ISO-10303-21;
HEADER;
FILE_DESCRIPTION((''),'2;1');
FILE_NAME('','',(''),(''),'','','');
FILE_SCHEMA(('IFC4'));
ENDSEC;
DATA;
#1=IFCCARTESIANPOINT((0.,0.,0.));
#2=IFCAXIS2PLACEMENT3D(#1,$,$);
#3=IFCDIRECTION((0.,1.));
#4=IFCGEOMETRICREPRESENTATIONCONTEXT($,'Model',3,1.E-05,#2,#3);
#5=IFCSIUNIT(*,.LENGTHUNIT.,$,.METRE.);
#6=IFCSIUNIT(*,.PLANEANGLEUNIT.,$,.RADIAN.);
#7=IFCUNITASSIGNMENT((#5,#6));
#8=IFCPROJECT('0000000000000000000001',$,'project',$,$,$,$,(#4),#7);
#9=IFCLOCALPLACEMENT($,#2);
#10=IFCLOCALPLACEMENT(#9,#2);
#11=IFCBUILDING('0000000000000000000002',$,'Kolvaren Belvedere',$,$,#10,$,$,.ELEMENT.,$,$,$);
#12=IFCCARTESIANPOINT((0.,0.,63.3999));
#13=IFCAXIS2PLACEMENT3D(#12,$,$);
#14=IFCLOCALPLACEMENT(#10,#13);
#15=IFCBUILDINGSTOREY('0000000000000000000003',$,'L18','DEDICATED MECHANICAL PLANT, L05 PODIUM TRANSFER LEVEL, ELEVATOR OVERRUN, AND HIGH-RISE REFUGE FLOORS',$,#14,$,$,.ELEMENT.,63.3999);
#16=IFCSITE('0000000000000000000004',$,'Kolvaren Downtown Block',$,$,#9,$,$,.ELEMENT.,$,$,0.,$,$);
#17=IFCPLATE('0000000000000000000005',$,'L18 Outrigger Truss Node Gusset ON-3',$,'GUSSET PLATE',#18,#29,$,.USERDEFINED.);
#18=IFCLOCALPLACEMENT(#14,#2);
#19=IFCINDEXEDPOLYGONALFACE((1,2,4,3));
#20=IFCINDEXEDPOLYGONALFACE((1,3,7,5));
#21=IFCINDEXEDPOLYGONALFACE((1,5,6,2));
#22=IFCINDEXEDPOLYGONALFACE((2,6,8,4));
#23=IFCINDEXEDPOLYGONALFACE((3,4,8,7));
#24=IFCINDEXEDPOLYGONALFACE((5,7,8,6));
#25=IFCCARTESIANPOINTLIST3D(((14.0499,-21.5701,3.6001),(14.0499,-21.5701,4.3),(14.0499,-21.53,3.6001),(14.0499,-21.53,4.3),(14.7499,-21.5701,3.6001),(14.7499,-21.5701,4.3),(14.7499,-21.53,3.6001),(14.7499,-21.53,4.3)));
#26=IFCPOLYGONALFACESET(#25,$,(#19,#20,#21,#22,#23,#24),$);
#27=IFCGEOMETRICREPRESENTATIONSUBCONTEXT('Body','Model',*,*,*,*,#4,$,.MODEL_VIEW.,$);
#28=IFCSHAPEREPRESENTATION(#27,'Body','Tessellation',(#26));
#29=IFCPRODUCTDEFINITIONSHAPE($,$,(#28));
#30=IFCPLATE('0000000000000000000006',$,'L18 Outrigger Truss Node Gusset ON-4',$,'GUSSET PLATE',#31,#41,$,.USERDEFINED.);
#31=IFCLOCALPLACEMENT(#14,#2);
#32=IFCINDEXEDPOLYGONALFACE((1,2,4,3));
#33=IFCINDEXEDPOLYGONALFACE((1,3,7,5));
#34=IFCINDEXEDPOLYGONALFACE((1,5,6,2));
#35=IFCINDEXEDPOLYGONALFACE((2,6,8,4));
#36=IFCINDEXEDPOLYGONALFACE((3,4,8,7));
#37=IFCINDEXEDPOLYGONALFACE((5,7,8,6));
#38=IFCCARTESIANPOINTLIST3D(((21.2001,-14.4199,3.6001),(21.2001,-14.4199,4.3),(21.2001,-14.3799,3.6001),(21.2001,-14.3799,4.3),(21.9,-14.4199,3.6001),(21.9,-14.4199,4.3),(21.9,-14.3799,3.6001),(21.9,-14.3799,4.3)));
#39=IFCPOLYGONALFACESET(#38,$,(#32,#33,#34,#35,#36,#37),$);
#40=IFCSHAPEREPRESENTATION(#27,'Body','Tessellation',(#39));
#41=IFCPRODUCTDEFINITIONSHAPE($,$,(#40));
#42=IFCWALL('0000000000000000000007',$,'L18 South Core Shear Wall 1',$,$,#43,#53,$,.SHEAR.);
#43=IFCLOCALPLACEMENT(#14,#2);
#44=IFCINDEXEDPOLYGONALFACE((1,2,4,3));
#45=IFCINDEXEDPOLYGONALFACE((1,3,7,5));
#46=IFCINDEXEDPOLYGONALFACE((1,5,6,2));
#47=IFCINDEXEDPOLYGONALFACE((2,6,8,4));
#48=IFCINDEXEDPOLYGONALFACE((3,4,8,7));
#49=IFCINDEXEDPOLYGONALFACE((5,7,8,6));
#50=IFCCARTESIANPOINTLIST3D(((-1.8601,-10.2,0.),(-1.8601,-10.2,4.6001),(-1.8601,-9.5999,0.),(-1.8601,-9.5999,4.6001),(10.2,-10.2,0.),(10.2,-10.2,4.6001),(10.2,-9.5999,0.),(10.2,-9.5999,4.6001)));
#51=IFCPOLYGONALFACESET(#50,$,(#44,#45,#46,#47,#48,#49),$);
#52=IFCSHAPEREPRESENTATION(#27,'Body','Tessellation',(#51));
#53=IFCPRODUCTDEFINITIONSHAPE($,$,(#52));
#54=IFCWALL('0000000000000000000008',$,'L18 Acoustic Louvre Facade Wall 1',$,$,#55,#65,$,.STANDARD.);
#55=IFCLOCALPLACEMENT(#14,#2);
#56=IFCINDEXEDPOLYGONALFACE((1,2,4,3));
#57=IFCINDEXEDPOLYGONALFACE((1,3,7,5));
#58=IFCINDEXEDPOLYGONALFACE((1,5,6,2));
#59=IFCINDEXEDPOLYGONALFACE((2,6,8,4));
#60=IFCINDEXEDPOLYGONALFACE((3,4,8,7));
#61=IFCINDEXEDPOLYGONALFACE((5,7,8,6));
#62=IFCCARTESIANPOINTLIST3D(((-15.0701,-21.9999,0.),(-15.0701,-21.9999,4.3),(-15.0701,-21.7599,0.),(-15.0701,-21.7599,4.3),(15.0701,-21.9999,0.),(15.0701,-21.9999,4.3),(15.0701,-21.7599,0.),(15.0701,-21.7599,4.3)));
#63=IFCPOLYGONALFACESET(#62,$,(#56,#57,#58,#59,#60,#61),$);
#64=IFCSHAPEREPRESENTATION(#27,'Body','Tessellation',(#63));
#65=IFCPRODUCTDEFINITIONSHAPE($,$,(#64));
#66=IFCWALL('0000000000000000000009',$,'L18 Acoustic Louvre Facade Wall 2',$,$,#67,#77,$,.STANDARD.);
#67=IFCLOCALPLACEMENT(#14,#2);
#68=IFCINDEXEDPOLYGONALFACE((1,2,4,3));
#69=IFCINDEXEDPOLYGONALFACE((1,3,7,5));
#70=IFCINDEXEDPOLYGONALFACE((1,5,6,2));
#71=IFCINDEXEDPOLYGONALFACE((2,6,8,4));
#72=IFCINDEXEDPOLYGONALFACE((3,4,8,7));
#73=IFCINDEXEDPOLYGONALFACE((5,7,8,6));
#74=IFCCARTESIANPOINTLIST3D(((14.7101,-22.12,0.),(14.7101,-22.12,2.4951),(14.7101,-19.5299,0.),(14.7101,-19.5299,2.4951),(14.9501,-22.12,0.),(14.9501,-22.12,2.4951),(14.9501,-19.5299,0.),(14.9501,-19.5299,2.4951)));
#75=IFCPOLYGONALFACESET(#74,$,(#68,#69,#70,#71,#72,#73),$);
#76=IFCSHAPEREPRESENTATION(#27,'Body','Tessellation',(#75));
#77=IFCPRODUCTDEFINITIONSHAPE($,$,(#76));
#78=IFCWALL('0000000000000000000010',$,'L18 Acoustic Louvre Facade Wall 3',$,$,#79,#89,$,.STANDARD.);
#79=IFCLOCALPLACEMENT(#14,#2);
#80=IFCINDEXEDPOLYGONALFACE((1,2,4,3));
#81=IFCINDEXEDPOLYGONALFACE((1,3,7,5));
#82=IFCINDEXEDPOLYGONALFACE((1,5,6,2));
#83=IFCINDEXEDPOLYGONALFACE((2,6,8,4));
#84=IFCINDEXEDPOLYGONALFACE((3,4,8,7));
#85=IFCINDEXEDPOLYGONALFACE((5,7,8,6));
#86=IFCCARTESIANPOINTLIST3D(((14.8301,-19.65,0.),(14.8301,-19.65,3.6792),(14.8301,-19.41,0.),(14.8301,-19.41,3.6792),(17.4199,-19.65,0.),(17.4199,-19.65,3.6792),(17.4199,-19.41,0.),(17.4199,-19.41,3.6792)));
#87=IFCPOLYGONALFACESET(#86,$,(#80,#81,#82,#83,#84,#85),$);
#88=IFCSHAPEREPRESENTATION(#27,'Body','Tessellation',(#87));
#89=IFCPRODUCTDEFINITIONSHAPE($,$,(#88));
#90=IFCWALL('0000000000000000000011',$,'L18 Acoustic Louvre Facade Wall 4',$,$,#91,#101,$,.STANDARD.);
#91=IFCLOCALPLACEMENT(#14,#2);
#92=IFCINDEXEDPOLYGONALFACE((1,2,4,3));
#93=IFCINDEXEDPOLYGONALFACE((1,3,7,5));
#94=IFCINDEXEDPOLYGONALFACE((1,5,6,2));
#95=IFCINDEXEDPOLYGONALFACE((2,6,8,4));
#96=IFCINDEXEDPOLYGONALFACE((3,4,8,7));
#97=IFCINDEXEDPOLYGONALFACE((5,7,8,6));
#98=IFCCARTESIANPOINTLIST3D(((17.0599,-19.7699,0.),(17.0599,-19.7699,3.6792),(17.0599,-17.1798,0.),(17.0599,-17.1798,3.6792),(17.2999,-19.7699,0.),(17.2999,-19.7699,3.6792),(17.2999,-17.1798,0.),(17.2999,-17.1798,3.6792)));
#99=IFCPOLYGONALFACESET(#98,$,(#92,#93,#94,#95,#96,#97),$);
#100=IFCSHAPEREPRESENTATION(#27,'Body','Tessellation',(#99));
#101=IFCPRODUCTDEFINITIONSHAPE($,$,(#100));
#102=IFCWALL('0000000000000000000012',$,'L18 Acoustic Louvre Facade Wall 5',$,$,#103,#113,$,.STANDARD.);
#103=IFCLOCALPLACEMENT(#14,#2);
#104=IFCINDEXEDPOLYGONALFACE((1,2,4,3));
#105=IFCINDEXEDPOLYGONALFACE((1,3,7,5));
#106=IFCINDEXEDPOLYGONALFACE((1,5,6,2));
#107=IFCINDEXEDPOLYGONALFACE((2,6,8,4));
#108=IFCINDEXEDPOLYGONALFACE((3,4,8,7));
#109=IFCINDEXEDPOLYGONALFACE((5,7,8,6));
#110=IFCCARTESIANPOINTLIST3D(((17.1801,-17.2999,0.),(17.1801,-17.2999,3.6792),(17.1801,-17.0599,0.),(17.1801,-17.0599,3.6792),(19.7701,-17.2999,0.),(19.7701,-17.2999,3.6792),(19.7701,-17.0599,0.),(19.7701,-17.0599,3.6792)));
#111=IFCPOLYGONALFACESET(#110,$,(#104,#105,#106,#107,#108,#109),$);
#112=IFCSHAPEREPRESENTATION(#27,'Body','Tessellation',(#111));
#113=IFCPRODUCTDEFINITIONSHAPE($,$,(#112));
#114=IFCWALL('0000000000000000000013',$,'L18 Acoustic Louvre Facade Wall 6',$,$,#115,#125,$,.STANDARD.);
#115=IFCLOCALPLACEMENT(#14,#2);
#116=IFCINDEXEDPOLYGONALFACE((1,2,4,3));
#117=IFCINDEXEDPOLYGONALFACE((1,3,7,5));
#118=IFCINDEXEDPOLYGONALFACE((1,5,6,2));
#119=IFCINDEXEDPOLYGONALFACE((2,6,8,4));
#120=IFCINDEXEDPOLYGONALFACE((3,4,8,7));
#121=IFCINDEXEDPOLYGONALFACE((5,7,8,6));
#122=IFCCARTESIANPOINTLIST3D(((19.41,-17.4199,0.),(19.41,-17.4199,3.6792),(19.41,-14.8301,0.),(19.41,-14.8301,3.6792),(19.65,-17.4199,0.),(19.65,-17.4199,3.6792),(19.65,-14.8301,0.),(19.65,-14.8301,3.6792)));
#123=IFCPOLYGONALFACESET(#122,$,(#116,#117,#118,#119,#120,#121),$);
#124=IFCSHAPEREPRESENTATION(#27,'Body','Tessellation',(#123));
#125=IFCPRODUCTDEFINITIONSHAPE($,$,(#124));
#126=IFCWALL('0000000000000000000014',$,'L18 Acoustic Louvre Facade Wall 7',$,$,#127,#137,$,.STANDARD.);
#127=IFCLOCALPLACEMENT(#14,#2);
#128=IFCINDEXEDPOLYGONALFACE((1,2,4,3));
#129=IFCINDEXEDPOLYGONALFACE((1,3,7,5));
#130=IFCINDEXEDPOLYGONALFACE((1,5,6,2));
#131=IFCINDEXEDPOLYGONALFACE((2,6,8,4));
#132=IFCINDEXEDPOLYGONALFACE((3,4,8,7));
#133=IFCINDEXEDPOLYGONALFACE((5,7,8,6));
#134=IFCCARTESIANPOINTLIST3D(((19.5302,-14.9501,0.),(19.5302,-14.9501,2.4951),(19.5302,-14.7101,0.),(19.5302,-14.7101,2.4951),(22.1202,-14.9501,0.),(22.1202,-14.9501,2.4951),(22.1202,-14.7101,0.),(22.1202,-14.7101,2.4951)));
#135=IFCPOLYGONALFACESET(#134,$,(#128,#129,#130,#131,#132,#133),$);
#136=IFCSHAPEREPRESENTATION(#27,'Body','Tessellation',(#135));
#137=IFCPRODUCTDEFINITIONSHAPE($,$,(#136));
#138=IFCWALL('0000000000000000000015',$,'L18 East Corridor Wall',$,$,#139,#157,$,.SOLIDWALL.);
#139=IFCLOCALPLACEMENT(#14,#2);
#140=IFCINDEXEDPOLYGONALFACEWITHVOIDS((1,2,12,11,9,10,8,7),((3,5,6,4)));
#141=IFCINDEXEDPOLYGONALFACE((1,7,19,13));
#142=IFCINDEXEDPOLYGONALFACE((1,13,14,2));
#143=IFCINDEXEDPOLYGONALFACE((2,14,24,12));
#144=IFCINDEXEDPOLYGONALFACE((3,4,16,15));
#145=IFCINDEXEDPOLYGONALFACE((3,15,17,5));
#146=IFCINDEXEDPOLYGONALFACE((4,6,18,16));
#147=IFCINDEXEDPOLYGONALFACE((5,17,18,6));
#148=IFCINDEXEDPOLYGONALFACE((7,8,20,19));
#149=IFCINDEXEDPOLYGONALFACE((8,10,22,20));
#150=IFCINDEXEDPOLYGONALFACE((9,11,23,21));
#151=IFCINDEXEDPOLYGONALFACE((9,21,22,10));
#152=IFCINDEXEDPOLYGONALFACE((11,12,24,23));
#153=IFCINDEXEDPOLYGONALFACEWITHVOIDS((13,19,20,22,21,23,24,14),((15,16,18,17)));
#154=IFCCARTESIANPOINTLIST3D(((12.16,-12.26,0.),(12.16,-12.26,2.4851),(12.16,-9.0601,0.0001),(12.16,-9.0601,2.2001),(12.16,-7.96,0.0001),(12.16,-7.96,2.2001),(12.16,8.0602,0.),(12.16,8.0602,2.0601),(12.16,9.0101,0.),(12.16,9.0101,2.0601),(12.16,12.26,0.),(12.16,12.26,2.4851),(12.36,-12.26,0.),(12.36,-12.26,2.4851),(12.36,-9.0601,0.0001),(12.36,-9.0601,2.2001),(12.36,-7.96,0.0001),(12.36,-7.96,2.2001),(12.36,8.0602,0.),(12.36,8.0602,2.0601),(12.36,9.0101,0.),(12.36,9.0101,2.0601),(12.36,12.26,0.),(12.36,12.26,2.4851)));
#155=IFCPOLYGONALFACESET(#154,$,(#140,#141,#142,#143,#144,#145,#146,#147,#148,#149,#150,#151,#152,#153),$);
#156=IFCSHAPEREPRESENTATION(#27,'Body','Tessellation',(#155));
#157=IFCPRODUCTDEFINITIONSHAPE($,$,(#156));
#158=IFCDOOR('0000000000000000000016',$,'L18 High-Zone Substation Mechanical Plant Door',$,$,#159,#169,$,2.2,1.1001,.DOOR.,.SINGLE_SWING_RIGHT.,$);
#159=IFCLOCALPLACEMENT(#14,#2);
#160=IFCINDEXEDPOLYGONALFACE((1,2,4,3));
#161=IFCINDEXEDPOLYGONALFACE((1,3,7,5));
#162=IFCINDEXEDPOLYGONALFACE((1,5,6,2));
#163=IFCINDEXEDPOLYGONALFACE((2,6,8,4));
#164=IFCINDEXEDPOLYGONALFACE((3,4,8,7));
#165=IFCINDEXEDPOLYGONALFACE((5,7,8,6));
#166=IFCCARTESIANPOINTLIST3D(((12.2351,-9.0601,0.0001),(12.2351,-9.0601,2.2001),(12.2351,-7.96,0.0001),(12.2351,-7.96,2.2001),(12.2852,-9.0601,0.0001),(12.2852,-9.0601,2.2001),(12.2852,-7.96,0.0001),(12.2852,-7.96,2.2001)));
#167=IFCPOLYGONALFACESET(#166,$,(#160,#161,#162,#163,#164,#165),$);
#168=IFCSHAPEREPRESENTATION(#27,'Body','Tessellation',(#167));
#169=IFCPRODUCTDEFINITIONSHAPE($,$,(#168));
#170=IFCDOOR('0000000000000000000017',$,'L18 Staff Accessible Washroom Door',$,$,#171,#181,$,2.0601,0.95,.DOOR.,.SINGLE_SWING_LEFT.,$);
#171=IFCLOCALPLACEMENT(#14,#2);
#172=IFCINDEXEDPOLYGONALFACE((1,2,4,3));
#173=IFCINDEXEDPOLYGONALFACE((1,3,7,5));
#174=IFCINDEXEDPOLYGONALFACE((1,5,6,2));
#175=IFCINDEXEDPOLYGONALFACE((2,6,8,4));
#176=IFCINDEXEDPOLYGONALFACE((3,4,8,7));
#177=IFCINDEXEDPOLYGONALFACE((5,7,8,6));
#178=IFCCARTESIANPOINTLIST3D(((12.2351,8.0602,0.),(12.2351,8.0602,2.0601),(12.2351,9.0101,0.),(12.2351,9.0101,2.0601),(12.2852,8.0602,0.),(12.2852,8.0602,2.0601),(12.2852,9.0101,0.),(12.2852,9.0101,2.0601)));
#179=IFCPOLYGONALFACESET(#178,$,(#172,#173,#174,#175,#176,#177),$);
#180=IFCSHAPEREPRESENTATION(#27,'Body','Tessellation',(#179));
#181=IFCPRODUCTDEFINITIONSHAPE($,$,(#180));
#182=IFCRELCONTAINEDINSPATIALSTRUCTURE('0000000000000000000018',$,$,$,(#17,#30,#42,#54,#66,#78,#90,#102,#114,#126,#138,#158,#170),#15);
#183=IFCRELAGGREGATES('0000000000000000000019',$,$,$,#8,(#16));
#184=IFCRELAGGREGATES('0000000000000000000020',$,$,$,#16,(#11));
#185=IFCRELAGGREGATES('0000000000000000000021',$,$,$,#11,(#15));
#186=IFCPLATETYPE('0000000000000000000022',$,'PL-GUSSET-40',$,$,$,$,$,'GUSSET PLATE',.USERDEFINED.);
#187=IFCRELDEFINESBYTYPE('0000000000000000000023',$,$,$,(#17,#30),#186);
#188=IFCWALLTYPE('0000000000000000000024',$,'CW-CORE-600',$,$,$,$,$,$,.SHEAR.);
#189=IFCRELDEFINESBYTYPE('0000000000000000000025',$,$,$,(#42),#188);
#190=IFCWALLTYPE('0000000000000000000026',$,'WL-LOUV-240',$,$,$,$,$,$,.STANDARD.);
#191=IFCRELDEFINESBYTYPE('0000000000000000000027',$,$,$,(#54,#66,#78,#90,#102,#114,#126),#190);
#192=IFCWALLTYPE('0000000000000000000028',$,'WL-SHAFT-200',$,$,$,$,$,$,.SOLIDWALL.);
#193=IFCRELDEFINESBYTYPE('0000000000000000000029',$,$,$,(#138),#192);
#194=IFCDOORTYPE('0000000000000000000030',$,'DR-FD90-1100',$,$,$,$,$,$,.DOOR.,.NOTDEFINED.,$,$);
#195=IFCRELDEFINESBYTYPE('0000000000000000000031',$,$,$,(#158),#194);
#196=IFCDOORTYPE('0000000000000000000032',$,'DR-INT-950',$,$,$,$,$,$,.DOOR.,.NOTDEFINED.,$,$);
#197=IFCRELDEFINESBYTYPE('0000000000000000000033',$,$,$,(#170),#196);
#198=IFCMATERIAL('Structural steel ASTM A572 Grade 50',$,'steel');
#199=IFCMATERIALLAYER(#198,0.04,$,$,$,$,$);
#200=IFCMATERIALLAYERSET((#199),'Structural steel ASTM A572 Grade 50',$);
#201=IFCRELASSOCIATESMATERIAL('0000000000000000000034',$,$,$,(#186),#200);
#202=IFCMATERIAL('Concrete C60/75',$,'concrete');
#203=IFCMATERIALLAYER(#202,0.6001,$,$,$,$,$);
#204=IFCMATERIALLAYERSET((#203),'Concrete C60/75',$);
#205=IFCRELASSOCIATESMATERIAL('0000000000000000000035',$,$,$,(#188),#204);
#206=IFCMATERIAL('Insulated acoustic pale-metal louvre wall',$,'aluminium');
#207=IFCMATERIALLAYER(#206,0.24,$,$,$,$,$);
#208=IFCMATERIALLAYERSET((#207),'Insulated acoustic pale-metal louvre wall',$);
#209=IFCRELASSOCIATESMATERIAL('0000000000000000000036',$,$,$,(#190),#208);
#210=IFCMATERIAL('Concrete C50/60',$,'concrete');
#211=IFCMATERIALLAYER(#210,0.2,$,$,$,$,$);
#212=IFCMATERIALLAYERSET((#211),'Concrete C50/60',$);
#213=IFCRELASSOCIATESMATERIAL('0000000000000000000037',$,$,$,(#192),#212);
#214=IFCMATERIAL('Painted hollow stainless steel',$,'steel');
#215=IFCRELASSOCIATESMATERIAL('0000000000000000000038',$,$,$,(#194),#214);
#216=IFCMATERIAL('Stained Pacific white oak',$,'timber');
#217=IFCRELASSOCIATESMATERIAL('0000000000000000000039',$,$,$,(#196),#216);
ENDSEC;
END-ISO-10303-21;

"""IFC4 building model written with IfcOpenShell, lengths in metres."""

from ifc_helpers import new_model, si_unit, direction, frame, frame_2d, origin, origin_2d, place, context, subcontext, project, spatial, rectangle, extrude, material, layer, layer_set, type_object, element, fill, save


model = new_model("IFC4")

# Units and contexts
model_context = context("Model", 3, precision=1e-05, world=origin(), true_north=direction((0.0, 1.0)))
body_context = subcontext(model_context, "Body", "Model", "MODEL_VIEW")
ifc_project = project(units=[si_unit("LENGTHUNIT", "METRE"), si_unit("PLANEANGLEUNIT", "RADIAN")], contexts=[model_context])

# Site, building, storey
site_placement = place(None, origin())
site = spatial("IfcSite", under=ifc_project, at=site_placement, Name="Kolvaren Downtown Block", CompositionType="ELEMENT", RefElevation=0.0)
building_placement = place(site_placement, origin())
building = spatial("IfcBuilding", under=site, at=building_placement, Name="Kolvaren Belvedere", CompositionType="ELEMENT")
storey_placement = place(building_placement, frame((0.0, 0.0, 63.3999)))
storey = spatial("IfcBuildingStorey", under=building, at=storey_placement, Name="L18", Description="DEDICATED MECHANICAL PLANT, L05 PODIUM TRANSFER LEVEL, ELEVATOR OVERRUN, AND HIGH-RISE REFUGE FLOORS", CompositionType="ELEMENT", Elevation=63.3999)

# Plates
ifc_material_1 = material(Name="Structural steel ASTM A572 Grade 50", Category="steel")
ifc_layer_1 = layer(ifc_material_1, 0.04)
ifc_layer_set_1 = layer_set([ifc_layer_1], Name="Structural steel ASTM A572 Grade 50")
plate_type_1 = type_object("IfcPlateType", Name="PL-GUSSET-40", ElementType="GUSSET PLATE", PredefinedType="USERDEFINED", material=ifc_layer_set_1)
for number, where, z_axis, x_axis, name in (
    (1, (14.3999, -21.55, 3.6001), (0.0, 0.0, 1.0), (1.0, 0.0, 0.0), "L18 Outrigger Truss Node Gusset ON-3"),
    (2, (21.55, -14.3999, 3.6001), (0.0, 0.0, 1.0), (1.0, 0.0, 0.0), "L18 Outrigger Truss Node Gusset ON-4"),
):
    element("IfcPlate", number, at=place(storey_placement, frame(where, z_axis=z_axis, x_axis=x_axis)), inside=storey, type_object=plate_type_1, Name=name, ObjectType="GUSSET PLATE", PredefinedType="USERDEFINED", context=body_context, shape_type="SweptSolid", body=[
        extrude(rectangle(XDim=0.7, YDim=0.04, at=origin_2d()), origin(), (0.0, 0.0, 1.0), 0.7),
    ])

# Walls
ifc_material_2 = material(Name="Concrete C60/75", Category="concrete")
ifc_layer_2 = layer(ifc_material_2, 0.6001)
ifc_layer_set_2 = layer_set([ifc_layer_2], Name="Concrete C60/75")
wall_type_1 = type_object("IfcWallType", Name="CW-CORE-600", PredefinedType="SHEAR", material=ifc_layer_set_2)
wall_1_placement = place(storey_placement, frame((10.2, -9.8999, 0.0), z_axis=(0.0, 0.0, 1.0), x_axis=(-1.0, 0.0, 0.0)))
element("IfcWall", 3, at=wall_1_placement, inside=storey, type_object=wall_type_1, Name="L18 South Core Shear Wall 1", PredefinedType="SHEAR", context=body_context, shape_type="SweptSolid", body=[
    extrude(rectangle(XDim=12.0601, YDim=0.6001, at=frame_2d((6.03, 0.0))), origin(), (0.0, 0.0, 1.0), 4.6001),
])
ifc_material_3 = material(Name="Insulated acoustic pale-metal louvre wall", Category="aluminium")
ifc_layer_3 = layer(ifc_material_3, 0.24)
ifc_layer_set_3 = layer_set([ifc_layer_3], Name="Insulated acoustic pale-metal louvre wall")
wall_type_2 = type_object("IfcWallType", Name="WL-LOUV-240", PredefinedType="STANDARD", material=ifc_layer_set_3)
wall_2_placement = place(storey_placement, frame((15.0701, -21.8799, 0.0), z_axis=(0.0, 0.0, 1.0), x_axis=(-1.0, 0.0, 0.0)))
element("IfcWall", 4, at=wall_2_placement, inside=storey, type_object=wall_type_2, Name="L18 Acoustic Louvre Facade Wall 1", PredefinedType="STANDARD", context=body_context, shape_type="SweptSolid", body=[
    extrude(rectangle(XDim=30.1401, YDim=0.24, at=frame_2d((15.0701, 0.0))), origin(), (0.0, 0.0, 1.0), 4.3),
])
wall_3_placement = place(storey_placement, frame((14.8301, -19.53, 0.0), z_axis=(0.0, 0.0, 1.0), x_axis=(0.0, -1.0, 0.0)))
element("IfcWall", 5, at=wall_3_placement, inside=storey, type_object=wall_type_2, Name="L18 Acoustic Louvre Facade Wall 2", PredefinedType="STANDARD", context=body_context, shape_type="SweptSolid", body=[
    extrude(rectangle(XDim=2.5901, YDim=0.24, at=frame_2d((1.2949, 0.0))), origin(), (0.0, 0.0, 1.0), 2.4951),
])
wall_4_placement = place(storey_placement, frame((17.4199, -19.53, 0.0), z_axis=(0.0, 0.0, 1.0), x_axis=(-1.0, 0.0, 0.0)))
element("IfcWall", 6, at=wall_4_placement, inside=storey, type_object=wall_type_2, Name="L18 Acoustic Louvre Facade Wall 3", PredefinedType="STANDARD", context=body_context, shape_type="SweptSolid", body=[
    extrude(rectangle(XDim=2.5898, YDim=0.24, at=frame_2d((1.2949, 0.0))), origin(), (0.0, 0.0, 1.0), 3.6792),
])
for number, where, z_axis, x_axis, name in (
    (7, (17.1799, -17.1799, 0.0), (0.0, 0.0, 1.0), (0.0, -1.0, 0.0), "L18 Acoustic Louvre Facade Wall 4"),
    (8, (19.77, -17.1799, 0.0), (0.0, 0.0, 1.0), (-1.0, 0.0, 0.0), "L18 Acoustic Louvre Facade Wall 5"),
):
    element("IfcWall", number, at=place(storey_placement, frame(where, z_axis=z_axis, x_axis=x_axis)), inside=storey, type_object=wall_type_2, Name=name, PredefinedType="STANDARD", context=body_context, shape_type="SweptSolid", body=[
        extrude(rectangle(XDim=2.5901, YDim=0.24, at=frame_2d((1.2949, 0.0))), origin(), (0.0, 0.0, 1.0), 3.6792),
    ])
wall_5_placement = place(storey_placement, frame((19.53, -14.8301, 0.0), z_axis=(0.0, 0.0, 1.0), x_axis=(0.0, -1.0, 0.0)))
element("IfcWall", 9, at=wall_5_placement, inside=storey, type_object=wall_type_2, Name="L18 Acoustic Louvre Facade Wall 6", PredefinedType="STANDARD", context=body_context, shape_type="SweptSolid", body=[
    extrude(rectangle(XDim=2.5898, YDim=0.24, at=frame_2d((1.2949, 0.0))), origin(), (0.0, 0.0, 1.0), 3.6792),
])
wall_6_placement = place(storey_placement, frame((22.1201, -14.8301, 0.0), z_axis=(0.0, 0.0, 1.0), x_axis=(-1.0, 0.0, 0.0)))
element("IfcWall", 10, at=wall_6_placement, inside=storey, type_object=wall_type_2, Name="L18 Acoustic Louvre Facade Wall 7", PredefinedType="STANDARD", context=body_context, shape_type="SweptSolid", body=[
    extrude(rectangle(XDim=2.5901, YDim=0.24, at=frame_2d((1.2949, 0.0))), origin(), (0.0, 0.0, 1.0), 2.4951),
])

# Wall, openings, doors
ifc_material_4 = material(Name="Concrete C50/60", Category="concrete")
ifc_layer_4 = layer(ifc_material_4, 0.2)
ifc_layer_set_4 = layer_set([ifc_layer_4], Name="Concrete C50/60")
wall_type_3 = type_object("IfcWallType", Name="WL-SHAFT-200", PredefinedType="SOLIDWALL", material=ifc_layer_set_4)
wall_7_placement = place(storey_placement, frame((12.26, -12.26, 0.0), z_axis=(0.0, 0.0, 1.0), x_axis=(0.0, 1.0, 0.0)))
wall_7 = element("IfcWall", 11, at=wall_7_placement, inside=storey, type_object=wall_type_3, Name="L18 East Corridor Wall", PredefinedType="SOLIDWALL", context=body_context, shape_type="SweptSolid", body=[
    extrude(rectangle(XDim=24.52, YDim=0.2, at=frame_2d((12.26, 0.0))), origin(), (0.0, 0.0, 1.0), 2.4851),
])
opening_1_placement = place(wall_7_placement, frame((3.2, 0.0, 0.0)))
opening_1 = element("IfcOpeningElement", 12, at=opening_1_placement, cuts=wall_7, PredefinedType="OPENING", context=body_context, shape_type="SweptSolid", body=[
    extrude(rectangle(XDim=1.1001, YDim=2.2, at=frame_2d((0.55, 1.1001))), frame((0.0, 0.1099, 0.0), z_axis=(0.0, -1.0, 0.0), x_axis=(1.0, 0.0, 0.0)), (0.0, 0.0, 1.0), 0.22),
])
opening_2_placement = place(wall_7_placement, frame((20.3201, 0.0, 0.0)))
opening_2 = element("IfcOpeningElement", 13, at=opening_2_placement, cuts=wall_7, PredefinedType="OPENING", context=body_context, shape_type="SweptSolid", body=[
    extrude(rectangle(XDim=0.95, YDim=2.0601, at=frame_2d((0.4751, 1.03))), frame((0.0, 0.1099, 0.0), z_axis=(0.0, -1.0, 0.0), x_axis=(1.0, 0.0, 0.0)), (0.0, 0.0, 1.0), 0.22),
])
ifc_material_5 = material(Name="Painted hollow stainless steel", Category="steel")
door_type_1 = type_object("IfcDoorType", Name="DR-FD90-1100", OperationType="NOTDEFINED", PredefinedType="DOOR", material=ifc_material_5)
door_1_placement = place(opening_1_placement, origin())
door_1 = element("IfcDoor", 14, at=door_1_placement, inside=storey, type_object=door_type_1, Name="L18 High-Zone Substation Mechanical Plant Door", OperationType="SINGLE_SWING_RIGHT", OverallHeight=2.2, OverallWidth=1.1001, PredefinedType="DOOR", context=body_context, shape_type="SweptSolid", body=[
    extrude(rectangle(XDim=1.1001, YDim=2.2, at=frame_2d((0.55, 1.1001))), frame((0.0, 0.0249, 0.0), z_axis=(0.0, -1.0, 0.0), x_axis=(1.0, 0.0, 0.0)), (0.0, 0.0, 1.0), 0.05),
])
fill(opening_1, door_1)
ifc_material_6 = material(Name="Stained Pacific white oak", Category="timber")
door_type_2 = type_object("IfcDoorType", Name="DR-INT-950", OperationType="NOTDEFINED", PredefinedType="DOOR", material=ifc_material_6)
door_2_placement = place(opening_2_placement, origin())
door_2 = element("IfcDoor", 15, at=door_2_placement, inside=storey, type_object=door_type_2, Name="L18 Staff Accessible Washroom Door", OperationType="SINGLE_SWING_LEFT", OverallHeight=2.0601, OverallWidth=0.95, PredefinedType="DOOR", context=body_context, shape_type="SweptSolid", body=[
    extrude(rectangle(XDim=0.95, YDim=2.0601, at=frame_2d((0.4751, 1.03))), frame((0.0, 0.0249, 0.0), z_axis=(0.0, -1.0, 0.0), x_axis=(1.0, 0.0, 0.0)), (0.0, 0.0, 1.0), 0.05),
])
fill(opening_2, door_2)

save(model, "model.ifc")
